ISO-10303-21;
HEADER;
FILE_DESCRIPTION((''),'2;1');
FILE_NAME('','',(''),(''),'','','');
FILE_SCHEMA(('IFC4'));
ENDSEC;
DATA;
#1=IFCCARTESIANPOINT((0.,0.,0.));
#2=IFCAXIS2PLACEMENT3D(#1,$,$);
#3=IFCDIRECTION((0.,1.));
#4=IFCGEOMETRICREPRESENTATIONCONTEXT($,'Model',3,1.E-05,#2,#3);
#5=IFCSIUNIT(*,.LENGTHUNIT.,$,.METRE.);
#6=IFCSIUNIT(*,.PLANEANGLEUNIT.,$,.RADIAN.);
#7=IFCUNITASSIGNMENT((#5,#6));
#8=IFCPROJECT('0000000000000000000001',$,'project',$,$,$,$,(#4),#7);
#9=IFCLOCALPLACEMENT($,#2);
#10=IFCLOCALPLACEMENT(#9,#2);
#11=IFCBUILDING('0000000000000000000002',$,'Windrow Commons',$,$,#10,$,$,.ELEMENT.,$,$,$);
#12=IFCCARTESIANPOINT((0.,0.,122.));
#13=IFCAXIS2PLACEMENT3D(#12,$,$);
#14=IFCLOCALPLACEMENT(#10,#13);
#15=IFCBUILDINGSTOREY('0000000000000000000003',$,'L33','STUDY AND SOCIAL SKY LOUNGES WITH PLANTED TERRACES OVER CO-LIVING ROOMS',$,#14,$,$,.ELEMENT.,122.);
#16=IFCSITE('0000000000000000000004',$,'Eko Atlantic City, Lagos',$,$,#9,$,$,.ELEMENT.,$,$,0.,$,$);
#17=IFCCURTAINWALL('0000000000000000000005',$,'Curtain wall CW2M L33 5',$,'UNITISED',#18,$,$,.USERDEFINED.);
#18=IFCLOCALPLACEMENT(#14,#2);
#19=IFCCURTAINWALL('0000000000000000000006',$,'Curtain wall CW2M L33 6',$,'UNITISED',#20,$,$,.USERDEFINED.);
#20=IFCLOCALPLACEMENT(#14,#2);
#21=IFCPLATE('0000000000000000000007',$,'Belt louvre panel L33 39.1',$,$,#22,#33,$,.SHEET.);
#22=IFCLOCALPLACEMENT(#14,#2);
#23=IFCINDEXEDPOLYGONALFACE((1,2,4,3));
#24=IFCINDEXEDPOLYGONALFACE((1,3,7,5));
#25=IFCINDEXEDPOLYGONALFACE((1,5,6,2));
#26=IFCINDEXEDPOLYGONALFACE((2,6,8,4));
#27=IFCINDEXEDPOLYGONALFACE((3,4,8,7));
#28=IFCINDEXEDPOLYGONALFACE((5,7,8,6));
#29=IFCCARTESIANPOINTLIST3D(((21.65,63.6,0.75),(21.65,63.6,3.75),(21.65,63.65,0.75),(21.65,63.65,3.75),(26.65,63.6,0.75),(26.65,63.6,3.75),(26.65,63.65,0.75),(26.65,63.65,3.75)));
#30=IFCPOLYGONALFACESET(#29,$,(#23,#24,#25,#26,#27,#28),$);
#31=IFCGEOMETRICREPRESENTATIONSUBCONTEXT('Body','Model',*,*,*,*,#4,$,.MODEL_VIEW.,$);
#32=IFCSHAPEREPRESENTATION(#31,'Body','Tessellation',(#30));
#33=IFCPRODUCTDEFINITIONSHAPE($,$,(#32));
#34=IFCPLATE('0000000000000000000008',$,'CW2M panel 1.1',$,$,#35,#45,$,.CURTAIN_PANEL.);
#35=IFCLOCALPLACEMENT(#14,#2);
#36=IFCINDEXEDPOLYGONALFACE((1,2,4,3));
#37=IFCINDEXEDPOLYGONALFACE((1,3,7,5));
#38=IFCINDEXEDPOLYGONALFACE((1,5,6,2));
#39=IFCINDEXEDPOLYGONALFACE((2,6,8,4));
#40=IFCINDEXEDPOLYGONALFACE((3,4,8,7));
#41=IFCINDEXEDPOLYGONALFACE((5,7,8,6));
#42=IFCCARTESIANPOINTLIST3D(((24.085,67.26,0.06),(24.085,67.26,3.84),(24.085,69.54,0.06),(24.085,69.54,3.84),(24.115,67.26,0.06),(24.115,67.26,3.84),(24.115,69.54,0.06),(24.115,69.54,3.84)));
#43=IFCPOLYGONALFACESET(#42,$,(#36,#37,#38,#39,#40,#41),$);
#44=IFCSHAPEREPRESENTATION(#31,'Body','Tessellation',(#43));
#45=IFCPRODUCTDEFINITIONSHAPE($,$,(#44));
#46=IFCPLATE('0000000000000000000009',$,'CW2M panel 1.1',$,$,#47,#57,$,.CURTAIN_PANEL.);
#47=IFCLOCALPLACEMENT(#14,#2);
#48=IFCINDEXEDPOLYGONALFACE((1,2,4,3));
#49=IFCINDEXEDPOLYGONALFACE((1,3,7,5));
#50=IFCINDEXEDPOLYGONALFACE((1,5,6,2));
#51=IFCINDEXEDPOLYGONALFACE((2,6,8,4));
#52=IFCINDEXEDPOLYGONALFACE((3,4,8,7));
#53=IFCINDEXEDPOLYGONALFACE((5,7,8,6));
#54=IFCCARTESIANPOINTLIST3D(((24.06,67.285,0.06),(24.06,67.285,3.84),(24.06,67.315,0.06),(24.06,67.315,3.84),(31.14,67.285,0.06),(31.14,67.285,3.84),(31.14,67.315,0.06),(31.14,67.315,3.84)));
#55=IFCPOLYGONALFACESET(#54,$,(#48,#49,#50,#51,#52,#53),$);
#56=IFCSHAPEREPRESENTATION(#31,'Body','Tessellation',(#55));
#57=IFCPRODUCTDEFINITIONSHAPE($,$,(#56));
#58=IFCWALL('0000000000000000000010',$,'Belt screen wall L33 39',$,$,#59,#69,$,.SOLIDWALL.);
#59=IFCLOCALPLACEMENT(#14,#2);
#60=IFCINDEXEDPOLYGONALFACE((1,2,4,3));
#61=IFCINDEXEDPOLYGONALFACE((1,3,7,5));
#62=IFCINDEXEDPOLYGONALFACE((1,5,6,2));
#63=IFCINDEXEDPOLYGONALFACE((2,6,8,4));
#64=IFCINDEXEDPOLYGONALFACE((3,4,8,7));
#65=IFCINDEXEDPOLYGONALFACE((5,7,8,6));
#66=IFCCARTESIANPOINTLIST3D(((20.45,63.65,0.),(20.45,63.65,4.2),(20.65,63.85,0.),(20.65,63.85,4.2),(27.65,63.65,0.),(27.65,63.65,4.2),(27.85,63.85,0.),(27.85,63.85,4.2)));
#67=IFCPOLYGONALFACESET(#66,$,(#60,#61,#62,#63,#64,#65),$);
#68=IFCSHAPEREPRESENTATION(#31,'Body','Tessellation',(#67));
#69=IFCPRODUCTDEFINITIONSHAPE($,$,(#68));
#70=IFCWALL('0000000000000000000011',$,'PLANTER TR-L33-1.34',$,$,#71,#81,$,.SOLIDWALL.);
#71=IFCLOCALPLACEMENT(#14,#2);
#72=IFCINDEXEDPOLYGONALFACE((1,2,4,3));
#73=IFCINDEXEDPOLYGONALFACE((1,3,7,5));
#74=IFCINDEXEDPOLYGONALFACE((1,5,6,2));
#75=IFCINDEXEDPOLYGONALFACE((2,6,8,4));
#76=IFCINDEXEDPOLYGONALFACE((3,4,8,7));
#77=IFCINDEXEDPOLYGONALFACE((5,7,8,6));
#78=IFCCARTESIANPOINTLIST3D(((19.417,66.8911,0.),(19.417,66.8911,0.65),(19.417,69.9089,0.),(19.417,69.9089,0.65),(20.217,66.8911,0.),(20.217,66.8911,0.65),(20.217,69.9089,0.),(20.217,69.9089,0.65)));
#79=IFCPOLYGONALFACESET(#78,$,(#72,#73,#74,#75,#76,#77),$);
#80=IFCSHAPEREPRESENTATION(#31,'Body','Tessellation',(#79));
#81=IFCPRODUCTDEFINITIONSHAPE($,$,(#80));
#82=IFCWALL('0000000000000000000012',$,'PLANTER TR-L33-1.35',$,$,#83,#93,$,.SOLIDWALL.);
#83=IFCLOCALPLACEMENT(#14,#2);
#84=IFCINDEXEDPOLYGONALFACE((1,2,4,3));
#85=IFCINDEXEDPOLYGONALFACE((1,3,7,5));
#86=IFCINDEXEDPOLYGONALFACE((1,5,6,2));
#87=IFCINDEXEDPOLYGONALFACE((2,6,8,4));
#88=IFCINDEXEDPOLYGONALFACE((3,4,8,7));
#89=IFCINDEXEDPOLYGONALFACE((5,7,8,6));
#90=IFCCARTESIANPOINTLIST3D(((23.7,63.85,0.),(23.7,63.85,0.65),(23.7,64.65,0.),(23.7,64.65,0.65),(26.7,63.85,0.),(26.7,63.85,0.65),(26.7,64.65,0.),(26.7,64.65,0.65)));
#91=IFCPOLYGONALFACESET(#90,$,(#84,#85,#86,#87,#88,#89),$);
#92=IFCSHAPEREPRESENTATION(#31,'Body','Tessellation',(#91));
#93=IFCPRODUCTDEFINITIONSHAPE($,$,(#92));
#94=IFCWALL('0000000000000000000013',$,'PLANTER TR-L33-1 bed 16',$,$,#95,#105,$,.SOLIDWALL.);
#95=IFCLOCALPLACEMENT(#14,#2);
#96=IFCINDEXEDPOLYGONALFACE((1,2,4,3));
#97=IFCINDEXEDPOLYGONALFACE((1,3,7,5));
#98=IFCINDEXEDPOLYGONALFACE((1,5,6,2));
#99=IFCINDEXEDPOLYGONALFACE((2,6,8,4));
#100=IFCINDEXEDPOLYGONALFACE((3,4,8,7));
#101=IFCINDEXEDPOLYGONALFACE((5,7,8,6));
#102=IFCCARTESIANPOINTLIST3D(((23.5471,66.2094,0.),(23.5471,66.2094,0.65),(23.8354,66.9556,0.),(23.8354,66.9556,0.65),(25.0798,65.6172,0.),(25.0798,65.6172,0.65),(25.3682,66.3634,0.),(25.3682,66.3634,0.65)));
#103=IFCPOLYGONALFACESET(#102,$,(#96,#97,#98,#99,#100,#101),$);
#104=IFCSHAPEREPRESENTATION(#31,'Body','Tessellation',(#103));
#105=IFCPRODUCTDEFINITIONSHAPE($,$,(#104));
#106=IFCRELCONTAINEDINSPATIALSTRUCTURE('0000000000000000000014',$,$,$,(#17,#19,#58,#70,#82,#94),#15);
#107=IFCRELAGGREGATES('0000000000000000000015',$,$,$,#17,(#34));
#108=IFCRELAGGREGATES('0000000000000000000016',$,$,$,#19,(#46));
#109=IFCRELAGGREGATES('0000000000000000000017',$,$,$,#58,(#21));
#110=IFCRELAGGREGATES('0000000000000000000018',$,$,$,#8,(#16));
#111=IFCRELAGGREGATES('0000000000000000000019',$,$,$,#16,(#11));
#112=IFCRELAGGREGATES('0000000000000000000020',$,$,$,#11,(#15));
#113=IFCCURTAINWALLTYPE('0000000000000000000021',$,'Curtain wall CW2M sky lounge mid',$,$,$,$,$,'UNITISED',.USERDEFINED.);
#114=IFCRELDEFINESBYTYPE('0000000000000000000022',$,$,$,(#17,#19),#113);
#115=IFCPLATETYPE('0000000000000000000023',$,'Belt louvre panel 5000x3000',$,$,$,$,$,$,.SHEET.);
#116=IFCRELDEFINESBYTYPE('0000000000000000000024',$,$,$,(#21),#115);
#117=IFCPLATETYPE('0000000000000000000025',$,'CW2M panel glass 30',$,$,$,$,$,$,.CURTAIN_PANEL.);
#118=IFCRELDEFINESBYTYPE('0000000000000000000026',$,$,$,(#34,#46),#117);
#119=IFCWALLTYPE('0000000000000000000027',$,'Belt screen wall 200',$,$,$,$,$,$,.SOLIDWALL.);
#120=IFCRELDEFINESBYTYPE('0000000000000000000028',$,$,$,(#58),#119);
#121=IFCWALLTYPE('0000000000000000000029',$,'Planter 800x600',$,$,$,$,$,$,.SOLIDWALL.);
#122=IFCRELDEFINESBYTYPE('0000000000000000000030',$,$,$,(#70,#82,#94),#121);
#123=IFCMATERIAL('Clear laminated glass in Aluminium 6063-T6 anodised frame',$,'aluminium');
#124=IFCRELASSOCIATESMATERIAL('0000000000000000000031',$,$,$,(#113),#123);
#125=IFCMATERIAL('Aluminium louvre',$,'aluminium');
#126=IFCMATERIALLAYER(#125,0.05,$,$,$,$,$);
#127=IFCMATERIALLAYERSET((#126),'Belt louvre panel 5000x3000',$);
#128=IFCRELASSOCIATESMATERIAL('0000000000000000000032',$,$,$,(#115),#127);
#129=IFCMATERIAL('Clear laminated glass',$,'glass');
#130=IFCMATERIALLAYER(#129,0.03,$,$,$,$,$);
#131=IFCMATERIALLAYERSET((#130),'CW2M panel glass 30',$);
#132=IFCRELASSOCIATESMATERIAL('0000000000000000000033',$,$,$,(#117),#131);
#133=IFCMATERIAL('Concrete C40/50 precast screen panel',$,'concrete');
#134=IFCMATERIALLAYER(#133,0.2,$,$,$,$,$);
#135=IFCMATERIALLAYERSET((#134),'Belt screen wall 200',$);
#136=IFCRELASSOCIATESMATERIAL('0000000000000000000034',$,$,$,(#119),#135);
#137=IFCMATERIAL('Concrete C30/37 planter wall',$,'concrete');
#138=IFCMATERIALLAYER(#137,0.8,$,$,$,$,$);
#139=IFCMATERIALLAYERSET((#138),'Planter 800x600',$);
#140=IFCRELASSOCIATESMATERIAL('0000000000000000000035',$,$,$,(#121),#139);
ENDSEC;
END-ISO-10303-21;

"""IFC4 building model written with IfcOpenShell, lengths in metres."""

from ifc_helpers import new_model, si_unit, direction, frame, frame_2d, origin, origin_2d, place, context, subcontext, project, spatial, polyline, rectangle, outline, extrude, material, layer, layer_set, type_object, element, aggregate, save


model = new_model("IFC4")

# Units and contexts
model_context = context("Model", 3, precision=1e-05, world=origin(), true_north=direction((0.0, 1.0)))
body_context = subcontext(model_context, "Body", "Model", "MODEL_VIEW")
ifc_project = project(units=[si_unit("LENGTHUNIT", "METRE"), si_unit("PLANEANGLEUNIT", "RADIAN")], contexts=[model_context])

# Site, building, storey
site_placement = place(None, origin())
site = spatial("IfcSite", under=ifc_project, at=site_placement, Name="Eko Atlantic City, Lagos", CompositionType="ELEMENT", RefElevation=0.0)
building_placement = place(site_placement, origin())
building = spatial("IfcBuilding", under=site, at=building_placement, Name="Windrow Commons", CompositionType="ELEMENT")
storey_placement = place(building_placement, frame((0.0, 0.0, 122.0)))
storey = spatial("IfcBuildingStorey", under=building, at=storey_placement, Name="L33", Description="STUDY AND SOCIAL SKY LOUNGES WITH PLANTED TERRACES OVER CO-LIVING ROOMS", CompositionType="ELEMENT", Elevation=122.0)

# Shared definitions
ifc_material_1 = material(Name="Clear laminated glass in Aluminium 6063-T6 anodised frame", Category="aluminium")
curtain_wall_type = type_object("IfcCurtainWallType", Name="Curtain wall CW2M sky lounge mid", ElementType="UNITISED", PredefinedType="USERDEFINED", material=ifc_material_1)
placement = place(storey_placement, origin())

# Curtain wall
curtain_wall_1 = element("IfcCurtainWall", 1, at=placement, inside=storey, type_object=curtain_wall_type, Name="Curtain wall CW2M L33 5", ObjectType="UNITISED", PredefinedType="USERDEFINED")

# Curtain wall
curtain_wall_2 = element("IfcCurtainWall", 2, at=placement, inside=storey, type_object=curtain_wall_type, Name="Curtain wall CW2M L33 6", ObjectType="UNITISED", PredefinedType="USERDEFINED")

# Plates
ifc_material_2 = material(Name="Aluminium louvre", Category="aluminium")
ifc_layer_1 = layer(ifc_material_2, 0.05)
ifc_layer_set_1 = layer_set([ifc_layer_1], Name="Belt louvre panel 5000x3000")
plate_type_1 = type_object("IfcPlateType", Name="Belt louvre panel 5000x3000", PredefinedType="SHEET", material=ifc_layer_set_1)
plate_1_placement = place(storey_placement, frame((21.65, 63.6, 0.75), z_axis=(0.0, -1.0, 0.0), x_axis=(1.0, 0.0, 0.0)))
plate_1 = element("IfcPlate", 3, at=plate_1_placement, type_object=plate_type_1, Name="Belt louvre panel L33 39.1", PredefinedType="SHEET", context=body_context, shape_type="SweptSolid", body=[
    extrude(outline(polyline([(0.0, 0.0), (5.0, 0.0), (5.0, 3.0), (0.0, 3.0), (0.0, 0.0)])), origin(), (0.0, 0.0, -1.0), 0.05),
])
ifc_material_3 = material(Name="Clear laminated glass", Category="glass")
ifc_layer_2 = layer(ifc_material_3, 0.03)
ifc_layer_set_2 = layer_set([ifc_layer_2], Name="CW2M panel glass 30")
plate_type_2 = type_object("IfcPlateType", Name="CW2M panel glass 30", PredefinedType="CURTAIN_PANEL", material=ifc_layer_set_2)
plate_2_placement = place(storey_placement, frame((24.1, 68.4, 0.06), z_axis=(0.0, 0.0, 1.0), x_axis=(0.0, -1.0, 0.0)))
plate_2 = element("IfcPlate", 4, at=plate_2_placement, type_object=plate_type_2, Name="CW2M panel 1.1", PredefinedType="CURTAIN_PANEL", context=body_context, shape_type="SweptSolid", body=[
    extrude(rectangle(XDim=2.28, YDim=0.03, at=origin_2d()), origin(), (0.0, 0.0, 1.0), 3.78),
])
aggregate(curtain_wall_1, [plate_2])
plate_3_placement = place(storey_placement, frame((27.6, 67.3, 0.06), z_axis=(0.0, 0.0, 1.0), x_axis=(1.0, 0.0, 0.0)))
plate_3 = element("IfcPlate", 5, at=plate_3_placement, type_object=plate_type_2, Name="CW2M panel 1.1", PredefinedType="CURTAIN_PANEL", context=body_context, shape_type="SweptSolid", body=[
    extrude(rectangle(XDim=7.08, YDim=0.03, at=origin_2d()), origin(), (0.0, 0.0, 1.0), 3.78),
])
aggregate(curtain_wall_2, [plate_3])

# Wall
ifc_material_4 = material(Name="Concrete C40/50 precast screen panel", Category="concrete")
ifc_layer_3 = layer(ifc_material_4, 0.2)
ifc_layer_set_3 = layer_set([ifc_layer_3], Name="Belt screen wall 200")
wall_type_1 = type_object("IfcWallType", Name="Belt screen wall 200", PredefinedType="SOLIDWALL", material=ifc_layer_set_3)
wall_1_placement = place(storey_placement, frame((20.55, 63.75, 0.0), z_axis=(0.0, 0.0, 1.0), x_axis=(1.0, 0.0, 0.0)))
wall_1 = element("IfcWall", 6, at=wall_1_placement, inside=storey, type_object=wall_type_1, Name="Belt screen wall L33 39", PredefinedType="SOLIDWALL", context=body_context, shape_type="SweptSolid", body=[
    extrude(outline(polyline([(-0.1, -0.1), (7.1, -0.1), (7.3, 0.1), (0.1, 0.1), (-0.1, -0.1)])), origin(), (0.0, 0.0, 1.0), 4.2),
])
aggregate(wall_1, [plate_1])

# Walls
ifc_material_5 = material(Name="Concrete C30/37 planter wall", Category="concrete")
ifc_layer_4 = layer(ifc_material_5, 0.8)
ifc_layer_set_4 = layer_set([ifc_layer_4], Name="Planter 800x600")
wall_type_2 = type_object("IfcWallType", Name="Planter 800x600", PredefinedType="SOLIDWALL", material=ifc_layer_set_4)
wall_2_placement = place(storey_placement, frame((19.817, 69.9089, 0.0), z_axis=(0.0, 0.0, 1.0), x_axis=(0.0, -1.0, 0.0)))
element("IfcWall", 7, at=wall_2_placement, inside=storey, type_object=wall_type_2, Name="PLANTER TR-L33-1.34", PredefinedType="SOLIDWALL", context=body_context, shape_type="SweptSolid", body=[
    extrude(rectangle(XDim=3.0178, YDim=0.8, at=frame_2d((1.5089, 0.0))), origin(), (0.0, 0.0, 1.0), 0.65),
])
wall_3_placement = place(storey_placement, frame((23.7, 64.25, 0.0), z_axis=(0.0, 0.0, 1.0), x_axis=(1.0, 0.0, 0.0)))
element("IfcWall", 8, at=wall_3_placement, inside=storey, type_object=wall_type_2, Name="PLANTER TR-L33-1.35", PredefinedType="SOLIDWALL", context=body_context, shape_type="SweptSolid", body=[
    extrude(rectangle(XDim=3.0, YDim=0.8, at=frame_2d((1.5, 0.0))), origin(), (0.0, 0.0, 1.0), 0.65),
])
wall_4_placement = place(storey_placement, frame((25.224, 65.9903, 0.0), z_axis=(0.0, 0.0, 1.0), x_axis=(-0.932802, 0.36039, 0.0)))
element("IfcWall", 9, at=wall_4_placement, inside=storey, type_object=wall_type_2, Name="PLANTER TR-L33-1 bed 16", PredefinedType="SOLIDWALL", context=body_context, shape_type="SweptSolid", body=[
    extrude(rectangle(XDim=1.6432, YDim=0.8, at=frame_2d((0.8216, 0.0))), origin(), (0.0, 0.0, 1.0), 0.65),
])

save(model, "model.ifc")
